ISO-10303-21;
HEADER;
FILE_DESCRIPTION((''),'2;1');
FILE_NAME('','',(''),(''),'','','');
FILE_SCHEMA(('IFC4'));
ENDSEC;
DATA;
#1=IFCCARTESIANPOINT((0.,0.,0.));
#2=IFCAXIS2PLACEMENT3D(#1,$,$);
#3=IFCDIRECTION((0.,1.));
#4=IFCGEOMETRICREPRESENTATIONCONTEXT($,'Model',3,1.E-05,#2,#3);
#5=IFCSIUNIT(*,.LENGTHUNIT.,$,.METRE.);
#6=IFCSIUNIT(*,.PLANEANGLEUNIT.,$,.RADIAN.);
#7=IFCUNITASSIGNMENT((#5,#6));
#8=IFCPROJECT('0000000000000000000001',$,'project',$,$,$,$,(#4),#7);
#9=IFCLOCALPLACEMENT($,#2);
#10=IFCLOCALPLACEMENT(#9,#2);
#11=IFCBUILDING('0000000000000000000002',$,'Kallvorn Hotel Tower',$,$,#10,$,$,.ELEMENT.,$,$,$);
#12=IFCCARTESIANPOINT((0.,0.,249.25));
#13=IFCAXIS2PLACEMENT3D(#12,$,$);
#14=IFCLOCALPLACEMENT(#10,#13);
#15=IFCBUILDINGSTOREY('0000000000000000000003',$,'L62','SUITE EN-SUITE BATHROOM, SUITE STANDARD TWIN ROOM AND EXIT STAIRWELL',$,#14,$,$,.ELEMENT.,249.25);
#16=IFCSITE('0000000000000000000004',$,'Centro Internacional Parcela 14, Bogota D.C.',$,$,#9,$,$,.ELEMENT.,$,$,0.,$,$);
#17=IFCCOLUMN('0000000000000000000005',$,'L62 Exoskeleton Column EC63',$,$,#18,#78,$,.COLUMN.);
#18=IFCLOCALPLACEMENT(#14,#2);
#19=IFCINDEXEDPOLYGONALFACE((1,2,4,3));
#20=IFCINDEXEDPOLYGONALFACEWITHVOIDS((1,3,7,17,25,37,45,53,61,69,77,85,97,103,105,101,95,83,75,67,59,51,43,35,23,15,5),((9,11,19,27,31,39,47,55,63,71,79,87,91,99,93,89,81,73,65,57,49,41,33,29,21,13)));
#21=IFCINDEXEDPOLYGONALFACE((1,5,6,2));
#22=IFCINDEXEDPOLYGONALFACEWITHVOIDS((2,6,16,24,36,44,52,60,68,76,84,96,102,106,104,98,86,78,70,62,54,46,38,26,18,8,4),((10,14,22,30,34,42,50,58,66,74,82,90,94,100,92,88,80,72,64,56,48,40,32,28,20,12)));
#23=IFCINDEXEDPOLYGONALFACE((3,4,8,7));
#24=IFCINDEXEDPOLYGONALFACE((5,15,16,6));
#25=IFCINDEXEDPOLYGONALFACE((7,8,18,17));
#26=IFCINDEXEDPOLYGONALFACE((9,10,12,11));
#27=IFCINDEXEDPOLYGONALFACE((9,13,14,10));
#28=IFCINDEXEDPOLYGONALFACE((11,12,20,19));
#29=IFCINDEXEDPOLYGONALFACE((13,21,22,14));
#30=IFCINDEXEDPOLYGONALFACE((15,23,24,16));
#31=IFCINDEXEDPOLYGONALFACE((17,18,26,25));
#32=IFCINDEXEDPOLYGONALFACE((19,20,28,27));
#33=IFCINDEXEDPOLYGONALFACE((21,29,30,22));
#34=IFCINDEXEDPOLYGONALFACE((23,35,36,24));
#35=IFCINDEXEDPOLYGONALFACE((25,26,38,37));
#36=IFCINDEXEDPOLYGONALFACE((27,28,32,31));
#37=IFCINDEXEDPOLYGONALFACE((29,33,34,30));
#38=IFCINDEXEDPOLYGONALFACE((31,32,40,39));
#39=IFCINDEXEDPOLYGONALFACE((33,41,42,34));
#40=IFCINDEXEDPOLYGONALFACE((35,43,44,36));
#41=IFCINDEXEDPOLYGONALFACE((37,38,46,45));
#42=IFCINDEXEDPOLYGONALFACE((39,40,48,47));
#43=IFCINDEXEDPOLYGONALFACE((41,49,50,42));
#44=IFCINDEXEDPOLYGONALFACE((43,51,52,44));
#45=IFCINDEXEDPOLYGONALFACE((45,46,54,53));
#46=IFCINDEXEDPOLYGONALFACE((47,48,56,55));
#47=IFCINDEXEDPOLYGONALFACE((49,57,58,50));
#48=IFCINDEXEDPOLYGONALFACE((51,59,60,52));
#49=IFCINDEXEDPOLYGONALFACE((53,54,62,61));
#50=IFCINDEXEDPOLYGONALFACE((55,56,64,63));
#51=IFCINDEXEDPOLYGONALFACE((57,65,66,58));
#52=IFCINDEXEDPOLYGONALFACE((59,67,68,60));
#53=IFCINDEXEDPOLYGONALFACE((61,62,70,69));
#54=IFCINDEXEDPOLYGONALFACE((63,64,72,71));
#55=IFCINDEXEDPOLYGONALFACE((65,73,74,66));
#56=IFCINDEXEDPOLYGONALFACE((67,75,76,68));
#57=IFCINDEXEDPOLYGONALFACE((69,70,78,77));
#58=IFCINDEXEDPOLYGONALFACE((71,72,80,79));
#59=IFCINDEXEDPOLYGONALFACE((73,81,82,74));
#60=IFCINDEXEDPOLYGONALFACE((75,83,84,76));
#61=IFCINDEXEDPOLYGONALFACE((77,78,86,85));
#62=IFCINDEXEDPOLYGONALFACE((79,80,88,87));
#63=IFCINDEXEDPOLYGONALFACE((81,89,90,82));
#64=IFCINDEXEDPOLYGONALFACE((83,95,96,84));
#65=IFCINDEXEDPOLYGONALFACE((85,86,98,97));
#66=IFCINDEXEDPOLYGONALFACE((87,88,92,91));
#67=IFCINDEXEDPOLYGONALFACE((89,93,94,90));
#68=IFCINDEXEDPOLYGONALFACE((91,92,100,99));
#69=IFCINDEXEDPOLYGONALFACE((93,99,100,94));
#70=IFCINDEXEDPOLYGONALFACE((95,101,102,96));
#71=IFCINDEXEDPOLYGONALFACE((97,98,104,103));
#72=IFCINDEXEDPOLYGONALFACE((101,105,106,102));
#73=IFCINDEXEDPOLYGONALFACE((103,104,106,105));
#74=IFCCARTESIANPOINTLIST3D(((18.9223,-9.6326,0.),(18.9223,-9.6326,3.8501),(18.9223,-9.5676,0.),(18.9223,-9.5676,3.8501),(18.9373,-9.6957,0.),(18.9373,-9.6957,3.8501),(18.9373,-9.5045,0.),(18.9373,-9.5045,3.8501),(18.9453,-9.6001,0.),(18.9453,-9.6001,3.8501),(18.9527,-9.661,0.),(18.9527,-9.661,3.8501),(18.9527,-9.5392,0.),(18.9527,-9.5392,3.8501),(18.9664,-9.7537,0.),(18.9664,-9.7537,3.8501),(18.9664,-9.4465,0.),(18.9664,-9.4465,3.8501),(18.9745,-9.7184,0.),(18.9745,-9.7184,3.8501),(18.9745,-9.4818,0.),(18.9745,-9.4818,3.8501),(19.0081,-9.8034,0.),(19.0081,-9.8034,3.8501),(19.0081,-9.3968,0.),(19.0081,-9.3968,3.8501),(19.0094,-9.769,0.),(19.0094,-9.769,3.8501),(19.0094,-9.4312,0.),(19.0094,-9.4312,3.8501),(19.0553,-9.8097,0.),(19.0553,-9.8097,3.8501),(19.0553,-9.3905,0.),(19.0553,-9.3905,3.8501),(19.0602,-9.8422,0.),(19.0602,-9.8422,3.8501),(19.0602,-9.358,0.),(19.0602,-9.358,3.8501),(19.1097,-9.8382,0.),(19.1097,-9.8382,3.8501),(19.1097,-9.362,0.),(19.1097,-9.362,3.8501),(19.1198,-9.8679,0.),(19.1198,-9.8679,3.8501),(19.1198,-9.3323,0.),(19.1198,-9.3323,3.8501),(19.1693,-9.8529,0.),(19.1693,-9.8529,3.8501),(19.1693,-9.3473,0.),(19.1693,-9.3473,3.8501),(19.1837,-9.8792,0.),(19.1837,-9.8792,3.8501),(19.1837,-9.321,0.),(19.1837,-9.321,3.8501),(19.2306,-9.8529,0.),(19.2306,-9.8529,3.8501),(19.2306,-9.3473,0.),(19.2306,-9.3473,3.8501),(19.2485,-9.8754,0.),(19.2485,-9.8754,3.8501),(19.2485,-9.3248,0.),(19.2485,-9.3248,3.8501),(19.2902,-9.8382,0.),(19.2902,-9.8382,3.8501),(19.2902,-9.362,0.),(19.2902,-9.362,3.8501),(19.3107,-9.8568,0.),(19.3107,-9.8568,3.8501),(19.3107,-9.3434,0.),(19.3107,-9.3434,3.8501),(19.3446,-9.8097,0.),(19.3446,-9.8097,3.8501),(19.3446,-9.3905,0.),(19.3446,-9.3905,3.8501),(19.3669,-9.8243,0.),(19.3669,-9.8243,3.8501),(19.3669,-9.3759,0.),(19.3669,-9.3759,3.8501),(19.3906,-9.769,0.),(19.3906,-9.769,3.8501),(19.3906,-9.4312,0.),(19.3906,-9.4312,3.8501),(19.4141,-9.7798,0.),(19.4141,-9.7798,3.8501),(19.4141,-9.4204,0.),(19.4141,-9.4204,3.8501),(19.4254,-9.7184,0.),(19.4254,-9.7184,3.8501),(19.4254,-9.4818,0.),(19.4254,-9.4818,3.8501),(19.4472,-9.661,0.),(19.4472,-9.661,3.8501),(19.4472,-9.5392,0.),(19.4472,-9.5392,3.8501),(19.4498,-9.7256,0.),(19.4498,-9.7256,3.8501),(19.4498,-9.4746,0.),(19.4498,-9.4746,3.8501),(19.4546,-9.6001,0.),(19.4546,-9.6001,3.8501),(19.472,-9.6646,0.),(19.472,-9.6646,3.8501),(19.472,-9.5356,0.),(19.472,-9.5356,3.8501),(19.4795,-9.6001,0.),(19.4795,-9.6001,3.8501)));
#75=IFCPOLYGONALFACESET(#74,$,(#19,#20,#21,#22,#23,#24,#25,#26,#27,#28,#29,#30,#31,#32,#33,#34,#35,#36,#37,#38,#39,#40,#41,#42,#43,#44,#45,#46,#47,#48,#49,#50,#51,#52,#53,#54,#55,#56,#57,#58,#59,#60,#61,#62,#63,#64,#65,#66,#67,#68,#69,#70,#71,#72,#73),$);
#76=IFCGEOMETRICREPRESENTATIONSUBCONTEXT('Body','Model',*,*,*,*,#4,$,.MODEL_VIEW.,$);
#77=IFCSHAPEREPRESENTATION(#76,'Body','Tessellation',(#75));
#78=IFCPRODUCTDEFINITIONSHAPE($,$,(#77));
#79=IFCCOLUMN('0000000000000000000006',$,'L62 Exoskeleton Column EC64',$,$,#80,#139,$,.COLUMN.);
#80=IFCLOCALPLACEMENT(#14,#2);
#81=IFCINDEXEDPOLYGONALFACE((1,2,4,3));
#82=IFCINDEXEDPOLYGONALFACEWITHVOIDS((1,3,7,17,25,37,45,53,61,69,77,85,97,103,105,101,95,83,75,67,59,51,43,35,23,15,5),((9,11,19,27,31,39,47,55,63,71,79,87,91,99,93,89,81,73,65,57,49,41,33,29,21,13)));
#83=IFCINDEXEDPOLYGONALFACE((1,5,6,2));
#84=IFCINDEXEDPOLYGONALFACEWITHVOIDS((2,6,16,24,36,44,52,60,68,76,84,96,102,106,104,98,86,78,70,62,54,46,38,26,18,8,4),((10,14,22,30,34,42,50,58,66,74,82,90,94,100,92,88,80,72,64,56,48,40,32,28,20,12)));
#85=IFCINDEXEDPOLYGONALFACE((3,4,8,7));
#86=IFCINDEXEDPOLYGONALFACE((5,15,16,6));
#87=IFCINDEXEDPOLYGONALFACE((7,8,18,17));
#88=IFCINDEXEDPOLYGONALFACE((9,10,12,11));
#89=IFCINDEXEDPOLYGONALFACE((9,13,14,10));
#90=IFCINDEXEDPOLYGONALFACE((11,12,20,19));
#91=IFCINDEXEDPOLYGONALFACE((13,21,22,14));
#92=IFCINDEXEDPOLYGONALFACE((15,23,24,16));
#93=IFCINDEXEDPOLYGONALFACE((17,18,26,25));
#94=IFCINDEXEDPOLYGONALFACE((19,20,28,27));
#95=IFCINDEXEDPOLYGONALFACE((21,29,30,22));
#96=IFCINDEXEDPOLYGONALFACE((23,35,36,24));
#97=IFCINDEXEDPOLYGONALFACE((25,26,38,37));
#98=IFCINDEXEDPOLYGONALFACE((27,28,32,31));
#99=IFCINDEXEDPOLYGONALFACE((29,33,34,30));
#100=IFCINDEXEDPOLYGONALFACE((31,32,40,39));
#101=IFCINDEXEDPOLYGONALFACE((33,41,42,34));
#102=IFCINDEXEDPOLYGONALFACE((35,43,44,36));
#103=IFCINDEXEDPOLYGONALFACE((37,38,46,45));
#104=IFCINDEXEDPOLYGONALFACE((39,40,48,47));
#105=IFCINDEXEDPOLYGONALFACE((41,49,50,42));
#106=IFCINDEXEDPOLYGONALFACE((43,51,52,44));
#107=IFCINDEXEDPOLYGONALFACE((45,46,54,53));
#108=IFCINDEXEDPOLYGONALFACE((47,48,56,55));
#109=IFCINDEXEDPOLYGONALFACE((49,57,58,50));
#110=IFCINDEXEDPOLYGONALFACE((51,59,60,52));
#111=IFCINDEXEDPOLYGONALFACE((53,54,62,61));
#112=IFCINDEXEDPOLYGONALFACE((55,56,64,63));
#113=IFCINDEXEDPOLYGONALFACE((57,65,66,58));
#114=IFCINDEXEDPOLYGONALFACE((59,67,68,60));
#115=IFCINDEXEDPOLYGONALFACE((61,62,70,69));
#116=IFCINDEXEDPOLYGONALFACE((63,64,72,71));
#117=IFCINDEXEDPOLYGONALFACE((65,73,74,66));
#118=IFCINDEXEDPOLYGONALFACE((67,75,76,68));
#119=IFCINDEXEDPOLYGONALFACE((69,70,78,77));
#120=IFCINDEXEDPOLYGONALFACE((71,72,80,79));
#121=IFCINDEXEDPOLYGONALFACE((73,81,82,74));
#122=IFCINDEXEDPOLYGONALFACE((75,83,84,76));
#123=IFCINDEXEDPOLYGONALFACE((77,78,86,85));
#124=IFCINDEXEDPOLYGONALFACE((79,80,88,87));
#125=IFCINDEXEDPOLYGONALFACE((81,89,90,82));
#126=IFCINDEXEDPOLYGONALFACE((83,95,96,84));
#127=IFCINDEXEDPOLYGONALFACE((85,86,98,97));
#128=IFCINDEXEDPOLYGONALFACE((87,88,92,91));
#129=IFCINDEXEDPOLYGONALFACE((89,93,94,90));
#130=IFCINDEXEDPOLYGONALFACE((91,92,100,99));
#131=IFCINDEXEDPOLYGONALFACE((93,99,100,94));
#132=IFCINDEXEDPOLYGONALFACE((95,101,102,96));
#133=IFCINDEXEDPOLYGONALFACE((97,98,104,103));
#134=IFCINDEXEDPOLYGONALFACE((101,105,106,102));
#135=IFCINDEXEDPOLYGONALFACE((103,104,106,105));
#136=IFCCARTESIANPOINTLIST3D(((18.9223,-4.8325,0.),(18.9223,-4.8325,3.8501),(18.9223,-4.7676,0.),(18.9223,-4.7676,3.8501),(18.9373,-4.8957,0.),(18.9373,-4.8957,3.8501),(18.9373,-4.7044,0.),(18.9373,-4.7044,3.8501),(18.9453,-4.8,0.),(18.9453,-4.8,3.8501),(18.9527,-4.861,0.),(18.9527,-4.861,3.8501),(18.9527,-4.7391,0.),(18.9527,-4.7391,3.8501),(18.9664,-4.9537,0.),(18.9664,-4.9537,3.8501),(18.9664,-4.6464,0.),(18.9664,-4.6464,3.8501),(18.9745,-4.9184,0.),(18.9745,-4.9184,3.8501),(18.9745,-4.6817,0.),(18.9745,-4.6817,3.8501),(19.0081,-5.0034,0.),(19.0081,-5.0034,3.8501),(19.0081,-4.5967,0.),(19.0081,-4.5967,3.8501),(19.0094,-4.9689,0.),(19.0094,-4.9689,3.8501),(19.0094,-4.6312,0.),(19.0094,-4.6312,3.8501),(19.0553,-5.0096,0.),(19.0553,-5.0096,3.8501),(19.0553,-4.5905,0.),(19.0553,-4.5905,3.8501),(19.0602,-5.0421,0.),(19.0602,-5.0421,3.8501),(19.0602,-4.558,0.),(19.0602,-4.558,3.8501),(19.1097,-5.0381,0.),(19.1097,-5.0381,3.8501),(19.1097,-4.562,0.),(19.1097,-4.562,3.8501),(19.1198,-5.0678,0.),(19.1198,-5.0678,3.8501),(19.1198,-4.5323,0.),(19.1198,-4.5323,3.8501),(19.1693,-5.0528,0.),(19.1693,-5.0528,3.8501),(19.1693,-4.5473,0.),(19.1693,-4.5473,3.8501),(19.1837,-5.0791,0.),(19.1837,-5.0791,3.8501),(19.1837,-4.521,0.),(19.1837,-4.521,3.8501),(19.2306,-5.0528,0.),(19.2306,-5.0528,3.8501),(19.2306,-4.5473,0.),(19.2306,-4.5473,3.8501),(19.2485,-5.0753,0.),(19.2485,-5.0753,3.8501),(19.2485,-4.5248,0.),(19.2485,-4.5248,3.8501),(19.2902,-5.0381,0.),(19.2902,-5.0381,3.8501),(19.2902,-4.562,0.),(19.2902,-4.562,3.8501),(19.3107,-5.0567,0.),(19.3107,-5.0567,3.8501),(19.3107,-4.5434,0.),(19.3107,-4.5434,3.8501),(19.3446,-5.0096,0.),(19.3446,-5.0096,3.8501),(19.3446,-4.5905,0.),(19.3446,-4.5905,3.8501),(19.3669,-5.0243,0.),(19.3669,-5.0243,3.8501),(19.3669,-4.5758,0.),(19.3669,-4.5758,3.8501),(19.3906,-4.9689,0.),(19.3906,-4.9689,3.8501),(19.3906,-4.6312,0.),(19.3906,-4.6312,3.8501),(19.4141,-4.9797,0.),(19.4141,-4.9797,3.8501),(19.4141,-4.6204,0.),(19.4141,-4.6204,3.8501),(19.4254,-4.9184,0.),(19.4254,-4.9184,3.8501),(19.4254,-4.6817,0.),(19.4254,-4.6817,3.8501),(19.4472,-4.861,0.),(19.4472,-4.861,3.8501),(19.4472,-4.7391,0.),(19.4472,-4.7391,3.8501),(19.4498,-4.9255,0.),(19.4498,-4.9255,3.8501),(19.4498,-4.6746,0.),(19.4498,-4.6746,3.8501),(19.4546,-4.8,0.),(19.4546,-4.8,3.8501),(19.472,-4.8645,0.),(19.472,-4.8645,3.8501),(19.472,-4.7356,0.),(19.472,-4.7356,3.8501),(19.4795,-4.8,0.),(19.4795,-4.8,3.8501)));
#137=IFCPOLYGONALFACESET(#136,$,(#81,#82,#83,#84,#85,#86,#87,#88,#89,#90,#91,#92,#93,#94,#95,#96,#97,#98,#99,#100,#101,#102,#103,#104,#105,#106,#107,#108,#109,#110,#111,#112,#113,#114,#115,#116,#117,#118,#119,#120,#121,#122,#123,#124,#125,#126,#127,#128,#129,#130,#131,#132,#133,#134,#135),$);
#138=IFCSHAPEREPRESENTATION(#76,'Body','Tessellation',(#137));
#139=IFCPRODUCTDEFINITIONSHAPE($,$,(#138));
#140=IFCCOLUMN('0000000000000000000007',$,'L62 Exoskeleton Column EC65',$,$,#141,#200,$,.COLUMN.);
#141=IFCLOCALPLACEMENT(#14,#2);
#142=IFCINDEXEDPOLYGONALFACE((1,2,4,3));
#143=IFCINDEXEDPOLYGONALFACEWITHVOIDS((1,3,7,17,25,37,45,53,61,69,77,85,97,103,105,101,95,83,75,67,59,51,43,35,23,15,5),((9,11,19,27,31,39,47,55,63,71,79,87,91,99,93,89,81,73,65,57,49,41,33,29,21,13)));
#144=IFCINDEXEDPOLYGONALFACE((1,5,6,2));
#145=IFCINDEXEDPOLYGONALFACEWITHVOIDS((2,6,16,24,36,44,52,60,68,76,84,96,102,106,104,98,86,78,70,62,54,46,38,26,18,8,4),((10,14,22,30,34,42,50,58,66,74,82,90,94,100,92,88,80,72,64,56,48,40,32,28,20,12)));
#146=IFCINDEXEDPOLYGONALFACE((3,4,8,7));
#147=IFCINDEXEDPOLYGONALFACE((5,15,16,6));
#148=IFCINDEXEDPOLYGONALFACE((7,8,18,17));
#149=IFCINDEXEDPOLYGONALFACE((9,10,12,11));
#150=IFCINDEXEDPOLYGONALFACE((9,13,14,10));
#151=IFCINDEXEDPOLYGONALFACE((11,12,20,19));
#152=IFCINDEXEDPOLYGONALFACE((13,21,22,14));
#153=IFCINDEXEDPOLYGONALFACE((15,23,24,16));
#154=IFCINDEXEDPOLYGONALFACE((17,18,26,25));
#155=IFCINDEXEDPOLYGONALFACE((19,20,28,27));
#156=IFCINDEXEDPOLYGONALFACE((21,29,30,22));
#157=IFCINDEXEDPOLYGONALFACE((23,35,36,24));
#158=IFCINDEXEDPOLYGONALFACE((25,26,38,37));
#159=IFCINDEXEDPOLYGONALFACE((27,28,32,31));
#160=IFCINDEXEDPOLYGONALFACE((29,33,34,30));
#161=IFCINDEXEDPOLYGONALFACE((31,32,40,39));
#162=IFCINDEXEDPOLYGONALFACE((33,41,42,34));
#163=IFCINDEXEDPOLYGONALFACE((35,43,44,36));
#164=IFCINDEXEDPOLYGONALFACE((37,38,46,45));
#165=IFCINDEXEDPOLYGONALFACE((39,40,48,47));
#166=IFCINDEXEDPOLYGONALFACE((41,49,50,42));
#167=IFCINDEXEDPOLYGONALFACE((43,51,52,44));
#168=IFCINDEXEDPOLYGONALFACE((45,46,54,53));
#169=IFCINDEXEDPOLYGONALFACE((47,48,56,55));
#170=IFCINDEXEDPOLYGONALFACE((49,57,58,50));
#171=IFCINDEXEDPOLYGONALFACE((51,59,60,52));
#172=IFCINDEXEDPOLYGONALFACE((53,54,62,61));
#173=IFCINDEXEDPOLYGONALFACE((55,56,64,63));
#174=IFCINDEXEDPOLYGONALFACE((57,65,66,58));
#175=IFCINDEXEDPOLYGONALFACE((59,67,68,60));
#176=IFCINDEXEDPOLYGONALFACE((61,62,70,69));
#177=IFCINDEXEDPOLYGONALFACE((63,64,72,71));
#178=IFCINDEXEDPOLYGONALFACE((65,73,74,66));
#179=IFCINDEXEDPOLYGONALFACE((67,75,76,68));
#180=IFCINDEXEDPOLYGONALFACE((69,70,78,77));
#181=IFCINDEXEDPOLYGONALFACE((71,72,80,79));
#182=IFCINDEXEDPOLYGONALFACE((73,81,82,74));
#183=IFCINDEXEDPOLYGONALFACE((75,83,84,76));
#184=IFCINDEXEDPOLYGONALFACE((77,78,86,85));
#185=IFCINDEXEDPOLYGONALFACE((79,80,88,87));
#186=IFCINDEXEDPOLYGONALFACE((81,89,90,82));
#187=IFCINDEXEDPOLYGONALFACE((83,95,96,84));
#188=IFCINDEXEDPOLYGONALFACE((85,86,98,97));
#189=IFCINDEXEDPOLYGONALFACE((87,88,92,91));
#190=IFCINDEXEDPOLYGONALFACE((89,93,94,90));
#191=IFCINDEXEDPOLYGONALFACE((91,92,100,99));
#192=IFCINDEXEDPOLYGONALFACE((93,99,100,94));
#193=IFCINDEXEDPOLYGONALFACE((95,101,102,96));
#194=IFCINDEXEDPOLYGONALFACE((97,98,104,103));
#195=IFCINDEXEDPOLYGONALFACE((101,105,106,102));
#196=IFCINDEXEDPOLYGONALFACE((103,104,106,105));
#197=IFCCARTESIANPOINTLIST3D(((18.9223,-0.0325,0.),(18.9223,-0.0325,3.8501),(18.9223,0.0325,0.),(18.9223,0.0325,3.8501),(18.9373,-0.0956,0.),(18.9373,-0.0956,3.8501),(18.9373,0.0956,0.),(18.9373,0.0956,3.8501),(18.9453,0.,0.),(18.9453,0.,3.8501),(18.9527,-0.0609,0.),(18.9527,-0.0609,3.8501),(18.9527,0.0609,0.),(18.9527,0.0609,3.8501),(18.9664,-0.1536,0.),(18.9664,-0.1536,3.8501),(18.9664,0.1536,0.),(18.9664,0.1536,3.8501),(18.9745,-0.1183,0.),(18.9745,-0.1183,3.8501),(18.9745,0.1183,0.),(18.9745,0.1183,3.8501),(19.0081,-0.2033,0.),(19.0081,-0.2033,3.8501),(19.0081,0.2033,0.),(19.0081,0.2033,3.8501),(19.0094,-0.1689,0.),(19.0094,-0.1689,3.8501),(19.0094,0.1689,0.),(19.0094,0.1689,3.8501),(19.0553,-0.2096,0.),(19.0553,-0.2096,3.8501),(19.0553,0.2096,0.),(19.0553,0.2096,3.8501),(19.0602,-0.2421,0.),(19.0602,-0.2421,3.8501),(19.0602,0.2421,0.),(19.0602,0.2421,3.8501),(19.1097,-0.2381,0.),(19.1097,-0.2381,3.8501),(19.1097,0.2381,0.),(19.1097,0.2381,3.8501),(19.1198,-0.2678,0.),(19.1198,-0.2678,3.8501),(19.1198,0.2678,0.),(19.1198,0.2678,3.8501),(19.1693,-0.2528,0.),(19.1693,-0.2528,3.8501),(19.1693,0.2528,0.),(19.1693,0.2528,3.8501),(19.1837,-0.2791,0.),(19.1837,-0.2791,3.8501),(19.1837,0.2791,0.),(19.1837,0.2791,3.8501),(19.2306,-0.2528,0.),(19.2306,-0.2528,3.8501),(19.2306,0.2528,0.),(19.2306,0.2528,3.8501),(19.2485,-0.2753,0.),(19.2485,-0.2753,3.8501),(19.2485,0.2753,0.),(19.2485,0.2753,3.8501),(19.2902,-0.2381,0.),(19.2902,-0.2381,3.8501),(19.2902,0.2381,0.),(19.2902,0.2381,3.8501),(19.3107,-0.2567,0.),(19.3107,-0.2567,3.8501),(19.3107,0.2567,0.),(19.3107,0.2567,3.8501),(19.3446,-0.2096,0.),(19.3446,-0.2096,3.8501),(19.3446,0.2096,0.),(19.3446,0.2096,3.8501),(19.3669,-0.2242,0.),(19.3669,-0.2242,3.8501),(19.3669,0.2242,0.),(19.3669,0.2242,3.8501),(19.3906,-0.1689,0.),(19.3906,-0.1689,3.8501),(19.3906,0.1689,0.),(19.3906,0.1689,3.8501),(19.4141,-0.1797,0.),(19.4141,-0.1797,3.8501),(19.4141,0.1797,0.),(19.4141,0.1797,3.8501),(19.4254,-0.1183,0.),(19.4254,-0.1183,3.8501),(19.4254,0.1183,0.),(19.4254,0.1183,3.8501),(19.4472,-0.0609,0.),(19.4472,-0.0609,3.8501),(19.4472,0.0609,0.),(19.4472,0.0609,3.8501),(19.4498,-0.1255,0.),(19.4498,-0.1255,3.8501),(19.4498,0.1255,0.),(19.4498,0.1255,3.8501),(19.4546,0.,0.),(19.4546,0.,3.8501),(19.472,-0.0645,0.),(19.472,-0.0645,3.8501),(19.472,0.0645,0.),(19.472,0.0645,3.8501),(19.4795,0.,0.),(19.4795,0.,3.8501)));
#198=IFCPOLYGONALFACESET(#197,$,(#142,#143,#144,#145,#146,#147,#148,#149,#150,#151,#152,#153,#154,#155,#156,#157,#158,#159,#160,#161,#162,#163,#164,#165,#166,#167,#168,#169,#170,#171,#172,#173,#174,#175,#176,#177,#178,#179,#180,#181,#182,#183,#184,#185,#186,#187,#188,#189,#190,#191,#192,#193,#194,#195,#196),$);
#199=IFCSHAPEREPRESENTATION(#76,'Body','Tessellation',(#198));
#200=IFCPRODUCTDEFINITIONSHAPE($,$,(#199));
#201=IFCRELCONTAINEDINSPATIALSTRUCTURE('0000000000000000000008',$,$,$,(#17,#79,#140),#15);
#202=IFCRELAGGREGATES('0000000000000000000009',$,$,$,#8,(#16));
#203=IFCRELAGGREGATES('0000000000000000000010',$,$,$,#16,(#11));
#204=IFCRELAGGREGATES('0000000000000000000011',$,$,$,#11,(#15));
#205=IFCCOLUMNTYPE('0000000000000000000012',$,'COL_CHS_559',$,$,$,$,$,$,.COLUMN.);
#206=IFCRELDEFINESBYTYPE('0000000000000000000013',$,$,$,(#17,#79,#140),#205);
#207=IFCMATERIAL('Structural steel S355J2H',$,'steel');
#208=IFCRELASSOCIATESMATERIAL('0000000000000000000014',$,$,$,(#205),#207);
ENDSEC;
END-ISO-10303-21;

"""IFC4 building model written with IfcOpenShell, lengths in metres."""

from ifc_helpers import new_model, si_unit, direction, frame, origin, origin_2d, place, context, subcontext, project, spatial, hollow_circle, extrude, material, material_profile, profile_set, type_object, element, save


model = new_model("IFC4")

# Units and contexts
model_context = context("Model", 3, precision=1e-05, world=origin(), true_north=direction((0.0, 1.0)))
body_context = subcontext(model_context, "Body", "Model", "MODEL_VIEW")
ifc_project = project(units=[si_unit("LENGTHUNIT", "METRE"), si_unit("PLANEANGLEUNIT", "RADIAN")], contexts=[model_context])

# Site, building, storey
site_placement = place(None, origin())
site = spatial("IfcSite", under=ifc_project, at=site_placement, Name="Centro Internacional Parcela 14, Bogota D.C.", CompositionType="ELEMENT", RefElevation=0.0)
building_placement = place(site_placement, origin())
building = spatial("IfcBuilding", under=site, at=building_placement, Name="Kallvorn Hotel Tower", CompositionType="ELEMENT")
storey_placement = place(building_placement, frame((0.0, 0.0, 249.25)))
storey = spatial("IfcBuildingStorey", under=building, at=storey_placement, Name="L62", Description="SUITE EN-SUITE BATHROOM, SUITE STANDARD TWIN ROOM AND EXIT STAIRWELL", CompositionType="ELEMENT", Elevation=249.25)

# Columns
ifc_material_1 = material(Name="Structural steel S355J2H", Category="steel")
ifc_material_profile_1 = material_profile(ifc_material_1, hollow_circle(Radius=0.2795, WallThickness=0.0249, at=origin_2d()), Name="CHS 559x25")
ifc_profile_set_1 = profile_set([ifc_material_profile_1], Name="Structural steel S355J2H")
column_type_1 = type_object("IfcColumnType", Name="COL_CHS_559", PredefinedType="COLUMN", material=ifc_profile_set_1)
for number, where, z_axis, x_axis, name in (
    (1, (19.2, -9.6001, 0.0), (0.0, 0.0, 1.0), (1.0, 0.0, 0.0), "L62 Exoskeleton Column EC63"),
    (2, (19.2, -4.8, 0.0), (0.0, 0.0, 1.0), (1.0, 0.0, 0.0), "L62 Exoskeleton Column EC64"),
    (3, (19.2, 0.0, 0.0), (0.0, 0.0, 1.0), (1.0, 0.0, 0.0), "L62 Exoskeleton Column EC65"),
):
    element("IfcColumn", number, at=place(storey_placement, frame(where, z_axis=z_axis, x_axis=x_axis)), inside=storey, type_object=column_type_1, Name=name, PredefinedType="COLUMN", context=body_context, shape_type="SweptSolid", body=[
        extrude(hollow_circle(Radius=0.2795, WallThickness=0.0249, at=origin_2d()), origin(), (0.0, 0.0, 1.0), 3.8501),
    ])

save(model, "model.ifc")
